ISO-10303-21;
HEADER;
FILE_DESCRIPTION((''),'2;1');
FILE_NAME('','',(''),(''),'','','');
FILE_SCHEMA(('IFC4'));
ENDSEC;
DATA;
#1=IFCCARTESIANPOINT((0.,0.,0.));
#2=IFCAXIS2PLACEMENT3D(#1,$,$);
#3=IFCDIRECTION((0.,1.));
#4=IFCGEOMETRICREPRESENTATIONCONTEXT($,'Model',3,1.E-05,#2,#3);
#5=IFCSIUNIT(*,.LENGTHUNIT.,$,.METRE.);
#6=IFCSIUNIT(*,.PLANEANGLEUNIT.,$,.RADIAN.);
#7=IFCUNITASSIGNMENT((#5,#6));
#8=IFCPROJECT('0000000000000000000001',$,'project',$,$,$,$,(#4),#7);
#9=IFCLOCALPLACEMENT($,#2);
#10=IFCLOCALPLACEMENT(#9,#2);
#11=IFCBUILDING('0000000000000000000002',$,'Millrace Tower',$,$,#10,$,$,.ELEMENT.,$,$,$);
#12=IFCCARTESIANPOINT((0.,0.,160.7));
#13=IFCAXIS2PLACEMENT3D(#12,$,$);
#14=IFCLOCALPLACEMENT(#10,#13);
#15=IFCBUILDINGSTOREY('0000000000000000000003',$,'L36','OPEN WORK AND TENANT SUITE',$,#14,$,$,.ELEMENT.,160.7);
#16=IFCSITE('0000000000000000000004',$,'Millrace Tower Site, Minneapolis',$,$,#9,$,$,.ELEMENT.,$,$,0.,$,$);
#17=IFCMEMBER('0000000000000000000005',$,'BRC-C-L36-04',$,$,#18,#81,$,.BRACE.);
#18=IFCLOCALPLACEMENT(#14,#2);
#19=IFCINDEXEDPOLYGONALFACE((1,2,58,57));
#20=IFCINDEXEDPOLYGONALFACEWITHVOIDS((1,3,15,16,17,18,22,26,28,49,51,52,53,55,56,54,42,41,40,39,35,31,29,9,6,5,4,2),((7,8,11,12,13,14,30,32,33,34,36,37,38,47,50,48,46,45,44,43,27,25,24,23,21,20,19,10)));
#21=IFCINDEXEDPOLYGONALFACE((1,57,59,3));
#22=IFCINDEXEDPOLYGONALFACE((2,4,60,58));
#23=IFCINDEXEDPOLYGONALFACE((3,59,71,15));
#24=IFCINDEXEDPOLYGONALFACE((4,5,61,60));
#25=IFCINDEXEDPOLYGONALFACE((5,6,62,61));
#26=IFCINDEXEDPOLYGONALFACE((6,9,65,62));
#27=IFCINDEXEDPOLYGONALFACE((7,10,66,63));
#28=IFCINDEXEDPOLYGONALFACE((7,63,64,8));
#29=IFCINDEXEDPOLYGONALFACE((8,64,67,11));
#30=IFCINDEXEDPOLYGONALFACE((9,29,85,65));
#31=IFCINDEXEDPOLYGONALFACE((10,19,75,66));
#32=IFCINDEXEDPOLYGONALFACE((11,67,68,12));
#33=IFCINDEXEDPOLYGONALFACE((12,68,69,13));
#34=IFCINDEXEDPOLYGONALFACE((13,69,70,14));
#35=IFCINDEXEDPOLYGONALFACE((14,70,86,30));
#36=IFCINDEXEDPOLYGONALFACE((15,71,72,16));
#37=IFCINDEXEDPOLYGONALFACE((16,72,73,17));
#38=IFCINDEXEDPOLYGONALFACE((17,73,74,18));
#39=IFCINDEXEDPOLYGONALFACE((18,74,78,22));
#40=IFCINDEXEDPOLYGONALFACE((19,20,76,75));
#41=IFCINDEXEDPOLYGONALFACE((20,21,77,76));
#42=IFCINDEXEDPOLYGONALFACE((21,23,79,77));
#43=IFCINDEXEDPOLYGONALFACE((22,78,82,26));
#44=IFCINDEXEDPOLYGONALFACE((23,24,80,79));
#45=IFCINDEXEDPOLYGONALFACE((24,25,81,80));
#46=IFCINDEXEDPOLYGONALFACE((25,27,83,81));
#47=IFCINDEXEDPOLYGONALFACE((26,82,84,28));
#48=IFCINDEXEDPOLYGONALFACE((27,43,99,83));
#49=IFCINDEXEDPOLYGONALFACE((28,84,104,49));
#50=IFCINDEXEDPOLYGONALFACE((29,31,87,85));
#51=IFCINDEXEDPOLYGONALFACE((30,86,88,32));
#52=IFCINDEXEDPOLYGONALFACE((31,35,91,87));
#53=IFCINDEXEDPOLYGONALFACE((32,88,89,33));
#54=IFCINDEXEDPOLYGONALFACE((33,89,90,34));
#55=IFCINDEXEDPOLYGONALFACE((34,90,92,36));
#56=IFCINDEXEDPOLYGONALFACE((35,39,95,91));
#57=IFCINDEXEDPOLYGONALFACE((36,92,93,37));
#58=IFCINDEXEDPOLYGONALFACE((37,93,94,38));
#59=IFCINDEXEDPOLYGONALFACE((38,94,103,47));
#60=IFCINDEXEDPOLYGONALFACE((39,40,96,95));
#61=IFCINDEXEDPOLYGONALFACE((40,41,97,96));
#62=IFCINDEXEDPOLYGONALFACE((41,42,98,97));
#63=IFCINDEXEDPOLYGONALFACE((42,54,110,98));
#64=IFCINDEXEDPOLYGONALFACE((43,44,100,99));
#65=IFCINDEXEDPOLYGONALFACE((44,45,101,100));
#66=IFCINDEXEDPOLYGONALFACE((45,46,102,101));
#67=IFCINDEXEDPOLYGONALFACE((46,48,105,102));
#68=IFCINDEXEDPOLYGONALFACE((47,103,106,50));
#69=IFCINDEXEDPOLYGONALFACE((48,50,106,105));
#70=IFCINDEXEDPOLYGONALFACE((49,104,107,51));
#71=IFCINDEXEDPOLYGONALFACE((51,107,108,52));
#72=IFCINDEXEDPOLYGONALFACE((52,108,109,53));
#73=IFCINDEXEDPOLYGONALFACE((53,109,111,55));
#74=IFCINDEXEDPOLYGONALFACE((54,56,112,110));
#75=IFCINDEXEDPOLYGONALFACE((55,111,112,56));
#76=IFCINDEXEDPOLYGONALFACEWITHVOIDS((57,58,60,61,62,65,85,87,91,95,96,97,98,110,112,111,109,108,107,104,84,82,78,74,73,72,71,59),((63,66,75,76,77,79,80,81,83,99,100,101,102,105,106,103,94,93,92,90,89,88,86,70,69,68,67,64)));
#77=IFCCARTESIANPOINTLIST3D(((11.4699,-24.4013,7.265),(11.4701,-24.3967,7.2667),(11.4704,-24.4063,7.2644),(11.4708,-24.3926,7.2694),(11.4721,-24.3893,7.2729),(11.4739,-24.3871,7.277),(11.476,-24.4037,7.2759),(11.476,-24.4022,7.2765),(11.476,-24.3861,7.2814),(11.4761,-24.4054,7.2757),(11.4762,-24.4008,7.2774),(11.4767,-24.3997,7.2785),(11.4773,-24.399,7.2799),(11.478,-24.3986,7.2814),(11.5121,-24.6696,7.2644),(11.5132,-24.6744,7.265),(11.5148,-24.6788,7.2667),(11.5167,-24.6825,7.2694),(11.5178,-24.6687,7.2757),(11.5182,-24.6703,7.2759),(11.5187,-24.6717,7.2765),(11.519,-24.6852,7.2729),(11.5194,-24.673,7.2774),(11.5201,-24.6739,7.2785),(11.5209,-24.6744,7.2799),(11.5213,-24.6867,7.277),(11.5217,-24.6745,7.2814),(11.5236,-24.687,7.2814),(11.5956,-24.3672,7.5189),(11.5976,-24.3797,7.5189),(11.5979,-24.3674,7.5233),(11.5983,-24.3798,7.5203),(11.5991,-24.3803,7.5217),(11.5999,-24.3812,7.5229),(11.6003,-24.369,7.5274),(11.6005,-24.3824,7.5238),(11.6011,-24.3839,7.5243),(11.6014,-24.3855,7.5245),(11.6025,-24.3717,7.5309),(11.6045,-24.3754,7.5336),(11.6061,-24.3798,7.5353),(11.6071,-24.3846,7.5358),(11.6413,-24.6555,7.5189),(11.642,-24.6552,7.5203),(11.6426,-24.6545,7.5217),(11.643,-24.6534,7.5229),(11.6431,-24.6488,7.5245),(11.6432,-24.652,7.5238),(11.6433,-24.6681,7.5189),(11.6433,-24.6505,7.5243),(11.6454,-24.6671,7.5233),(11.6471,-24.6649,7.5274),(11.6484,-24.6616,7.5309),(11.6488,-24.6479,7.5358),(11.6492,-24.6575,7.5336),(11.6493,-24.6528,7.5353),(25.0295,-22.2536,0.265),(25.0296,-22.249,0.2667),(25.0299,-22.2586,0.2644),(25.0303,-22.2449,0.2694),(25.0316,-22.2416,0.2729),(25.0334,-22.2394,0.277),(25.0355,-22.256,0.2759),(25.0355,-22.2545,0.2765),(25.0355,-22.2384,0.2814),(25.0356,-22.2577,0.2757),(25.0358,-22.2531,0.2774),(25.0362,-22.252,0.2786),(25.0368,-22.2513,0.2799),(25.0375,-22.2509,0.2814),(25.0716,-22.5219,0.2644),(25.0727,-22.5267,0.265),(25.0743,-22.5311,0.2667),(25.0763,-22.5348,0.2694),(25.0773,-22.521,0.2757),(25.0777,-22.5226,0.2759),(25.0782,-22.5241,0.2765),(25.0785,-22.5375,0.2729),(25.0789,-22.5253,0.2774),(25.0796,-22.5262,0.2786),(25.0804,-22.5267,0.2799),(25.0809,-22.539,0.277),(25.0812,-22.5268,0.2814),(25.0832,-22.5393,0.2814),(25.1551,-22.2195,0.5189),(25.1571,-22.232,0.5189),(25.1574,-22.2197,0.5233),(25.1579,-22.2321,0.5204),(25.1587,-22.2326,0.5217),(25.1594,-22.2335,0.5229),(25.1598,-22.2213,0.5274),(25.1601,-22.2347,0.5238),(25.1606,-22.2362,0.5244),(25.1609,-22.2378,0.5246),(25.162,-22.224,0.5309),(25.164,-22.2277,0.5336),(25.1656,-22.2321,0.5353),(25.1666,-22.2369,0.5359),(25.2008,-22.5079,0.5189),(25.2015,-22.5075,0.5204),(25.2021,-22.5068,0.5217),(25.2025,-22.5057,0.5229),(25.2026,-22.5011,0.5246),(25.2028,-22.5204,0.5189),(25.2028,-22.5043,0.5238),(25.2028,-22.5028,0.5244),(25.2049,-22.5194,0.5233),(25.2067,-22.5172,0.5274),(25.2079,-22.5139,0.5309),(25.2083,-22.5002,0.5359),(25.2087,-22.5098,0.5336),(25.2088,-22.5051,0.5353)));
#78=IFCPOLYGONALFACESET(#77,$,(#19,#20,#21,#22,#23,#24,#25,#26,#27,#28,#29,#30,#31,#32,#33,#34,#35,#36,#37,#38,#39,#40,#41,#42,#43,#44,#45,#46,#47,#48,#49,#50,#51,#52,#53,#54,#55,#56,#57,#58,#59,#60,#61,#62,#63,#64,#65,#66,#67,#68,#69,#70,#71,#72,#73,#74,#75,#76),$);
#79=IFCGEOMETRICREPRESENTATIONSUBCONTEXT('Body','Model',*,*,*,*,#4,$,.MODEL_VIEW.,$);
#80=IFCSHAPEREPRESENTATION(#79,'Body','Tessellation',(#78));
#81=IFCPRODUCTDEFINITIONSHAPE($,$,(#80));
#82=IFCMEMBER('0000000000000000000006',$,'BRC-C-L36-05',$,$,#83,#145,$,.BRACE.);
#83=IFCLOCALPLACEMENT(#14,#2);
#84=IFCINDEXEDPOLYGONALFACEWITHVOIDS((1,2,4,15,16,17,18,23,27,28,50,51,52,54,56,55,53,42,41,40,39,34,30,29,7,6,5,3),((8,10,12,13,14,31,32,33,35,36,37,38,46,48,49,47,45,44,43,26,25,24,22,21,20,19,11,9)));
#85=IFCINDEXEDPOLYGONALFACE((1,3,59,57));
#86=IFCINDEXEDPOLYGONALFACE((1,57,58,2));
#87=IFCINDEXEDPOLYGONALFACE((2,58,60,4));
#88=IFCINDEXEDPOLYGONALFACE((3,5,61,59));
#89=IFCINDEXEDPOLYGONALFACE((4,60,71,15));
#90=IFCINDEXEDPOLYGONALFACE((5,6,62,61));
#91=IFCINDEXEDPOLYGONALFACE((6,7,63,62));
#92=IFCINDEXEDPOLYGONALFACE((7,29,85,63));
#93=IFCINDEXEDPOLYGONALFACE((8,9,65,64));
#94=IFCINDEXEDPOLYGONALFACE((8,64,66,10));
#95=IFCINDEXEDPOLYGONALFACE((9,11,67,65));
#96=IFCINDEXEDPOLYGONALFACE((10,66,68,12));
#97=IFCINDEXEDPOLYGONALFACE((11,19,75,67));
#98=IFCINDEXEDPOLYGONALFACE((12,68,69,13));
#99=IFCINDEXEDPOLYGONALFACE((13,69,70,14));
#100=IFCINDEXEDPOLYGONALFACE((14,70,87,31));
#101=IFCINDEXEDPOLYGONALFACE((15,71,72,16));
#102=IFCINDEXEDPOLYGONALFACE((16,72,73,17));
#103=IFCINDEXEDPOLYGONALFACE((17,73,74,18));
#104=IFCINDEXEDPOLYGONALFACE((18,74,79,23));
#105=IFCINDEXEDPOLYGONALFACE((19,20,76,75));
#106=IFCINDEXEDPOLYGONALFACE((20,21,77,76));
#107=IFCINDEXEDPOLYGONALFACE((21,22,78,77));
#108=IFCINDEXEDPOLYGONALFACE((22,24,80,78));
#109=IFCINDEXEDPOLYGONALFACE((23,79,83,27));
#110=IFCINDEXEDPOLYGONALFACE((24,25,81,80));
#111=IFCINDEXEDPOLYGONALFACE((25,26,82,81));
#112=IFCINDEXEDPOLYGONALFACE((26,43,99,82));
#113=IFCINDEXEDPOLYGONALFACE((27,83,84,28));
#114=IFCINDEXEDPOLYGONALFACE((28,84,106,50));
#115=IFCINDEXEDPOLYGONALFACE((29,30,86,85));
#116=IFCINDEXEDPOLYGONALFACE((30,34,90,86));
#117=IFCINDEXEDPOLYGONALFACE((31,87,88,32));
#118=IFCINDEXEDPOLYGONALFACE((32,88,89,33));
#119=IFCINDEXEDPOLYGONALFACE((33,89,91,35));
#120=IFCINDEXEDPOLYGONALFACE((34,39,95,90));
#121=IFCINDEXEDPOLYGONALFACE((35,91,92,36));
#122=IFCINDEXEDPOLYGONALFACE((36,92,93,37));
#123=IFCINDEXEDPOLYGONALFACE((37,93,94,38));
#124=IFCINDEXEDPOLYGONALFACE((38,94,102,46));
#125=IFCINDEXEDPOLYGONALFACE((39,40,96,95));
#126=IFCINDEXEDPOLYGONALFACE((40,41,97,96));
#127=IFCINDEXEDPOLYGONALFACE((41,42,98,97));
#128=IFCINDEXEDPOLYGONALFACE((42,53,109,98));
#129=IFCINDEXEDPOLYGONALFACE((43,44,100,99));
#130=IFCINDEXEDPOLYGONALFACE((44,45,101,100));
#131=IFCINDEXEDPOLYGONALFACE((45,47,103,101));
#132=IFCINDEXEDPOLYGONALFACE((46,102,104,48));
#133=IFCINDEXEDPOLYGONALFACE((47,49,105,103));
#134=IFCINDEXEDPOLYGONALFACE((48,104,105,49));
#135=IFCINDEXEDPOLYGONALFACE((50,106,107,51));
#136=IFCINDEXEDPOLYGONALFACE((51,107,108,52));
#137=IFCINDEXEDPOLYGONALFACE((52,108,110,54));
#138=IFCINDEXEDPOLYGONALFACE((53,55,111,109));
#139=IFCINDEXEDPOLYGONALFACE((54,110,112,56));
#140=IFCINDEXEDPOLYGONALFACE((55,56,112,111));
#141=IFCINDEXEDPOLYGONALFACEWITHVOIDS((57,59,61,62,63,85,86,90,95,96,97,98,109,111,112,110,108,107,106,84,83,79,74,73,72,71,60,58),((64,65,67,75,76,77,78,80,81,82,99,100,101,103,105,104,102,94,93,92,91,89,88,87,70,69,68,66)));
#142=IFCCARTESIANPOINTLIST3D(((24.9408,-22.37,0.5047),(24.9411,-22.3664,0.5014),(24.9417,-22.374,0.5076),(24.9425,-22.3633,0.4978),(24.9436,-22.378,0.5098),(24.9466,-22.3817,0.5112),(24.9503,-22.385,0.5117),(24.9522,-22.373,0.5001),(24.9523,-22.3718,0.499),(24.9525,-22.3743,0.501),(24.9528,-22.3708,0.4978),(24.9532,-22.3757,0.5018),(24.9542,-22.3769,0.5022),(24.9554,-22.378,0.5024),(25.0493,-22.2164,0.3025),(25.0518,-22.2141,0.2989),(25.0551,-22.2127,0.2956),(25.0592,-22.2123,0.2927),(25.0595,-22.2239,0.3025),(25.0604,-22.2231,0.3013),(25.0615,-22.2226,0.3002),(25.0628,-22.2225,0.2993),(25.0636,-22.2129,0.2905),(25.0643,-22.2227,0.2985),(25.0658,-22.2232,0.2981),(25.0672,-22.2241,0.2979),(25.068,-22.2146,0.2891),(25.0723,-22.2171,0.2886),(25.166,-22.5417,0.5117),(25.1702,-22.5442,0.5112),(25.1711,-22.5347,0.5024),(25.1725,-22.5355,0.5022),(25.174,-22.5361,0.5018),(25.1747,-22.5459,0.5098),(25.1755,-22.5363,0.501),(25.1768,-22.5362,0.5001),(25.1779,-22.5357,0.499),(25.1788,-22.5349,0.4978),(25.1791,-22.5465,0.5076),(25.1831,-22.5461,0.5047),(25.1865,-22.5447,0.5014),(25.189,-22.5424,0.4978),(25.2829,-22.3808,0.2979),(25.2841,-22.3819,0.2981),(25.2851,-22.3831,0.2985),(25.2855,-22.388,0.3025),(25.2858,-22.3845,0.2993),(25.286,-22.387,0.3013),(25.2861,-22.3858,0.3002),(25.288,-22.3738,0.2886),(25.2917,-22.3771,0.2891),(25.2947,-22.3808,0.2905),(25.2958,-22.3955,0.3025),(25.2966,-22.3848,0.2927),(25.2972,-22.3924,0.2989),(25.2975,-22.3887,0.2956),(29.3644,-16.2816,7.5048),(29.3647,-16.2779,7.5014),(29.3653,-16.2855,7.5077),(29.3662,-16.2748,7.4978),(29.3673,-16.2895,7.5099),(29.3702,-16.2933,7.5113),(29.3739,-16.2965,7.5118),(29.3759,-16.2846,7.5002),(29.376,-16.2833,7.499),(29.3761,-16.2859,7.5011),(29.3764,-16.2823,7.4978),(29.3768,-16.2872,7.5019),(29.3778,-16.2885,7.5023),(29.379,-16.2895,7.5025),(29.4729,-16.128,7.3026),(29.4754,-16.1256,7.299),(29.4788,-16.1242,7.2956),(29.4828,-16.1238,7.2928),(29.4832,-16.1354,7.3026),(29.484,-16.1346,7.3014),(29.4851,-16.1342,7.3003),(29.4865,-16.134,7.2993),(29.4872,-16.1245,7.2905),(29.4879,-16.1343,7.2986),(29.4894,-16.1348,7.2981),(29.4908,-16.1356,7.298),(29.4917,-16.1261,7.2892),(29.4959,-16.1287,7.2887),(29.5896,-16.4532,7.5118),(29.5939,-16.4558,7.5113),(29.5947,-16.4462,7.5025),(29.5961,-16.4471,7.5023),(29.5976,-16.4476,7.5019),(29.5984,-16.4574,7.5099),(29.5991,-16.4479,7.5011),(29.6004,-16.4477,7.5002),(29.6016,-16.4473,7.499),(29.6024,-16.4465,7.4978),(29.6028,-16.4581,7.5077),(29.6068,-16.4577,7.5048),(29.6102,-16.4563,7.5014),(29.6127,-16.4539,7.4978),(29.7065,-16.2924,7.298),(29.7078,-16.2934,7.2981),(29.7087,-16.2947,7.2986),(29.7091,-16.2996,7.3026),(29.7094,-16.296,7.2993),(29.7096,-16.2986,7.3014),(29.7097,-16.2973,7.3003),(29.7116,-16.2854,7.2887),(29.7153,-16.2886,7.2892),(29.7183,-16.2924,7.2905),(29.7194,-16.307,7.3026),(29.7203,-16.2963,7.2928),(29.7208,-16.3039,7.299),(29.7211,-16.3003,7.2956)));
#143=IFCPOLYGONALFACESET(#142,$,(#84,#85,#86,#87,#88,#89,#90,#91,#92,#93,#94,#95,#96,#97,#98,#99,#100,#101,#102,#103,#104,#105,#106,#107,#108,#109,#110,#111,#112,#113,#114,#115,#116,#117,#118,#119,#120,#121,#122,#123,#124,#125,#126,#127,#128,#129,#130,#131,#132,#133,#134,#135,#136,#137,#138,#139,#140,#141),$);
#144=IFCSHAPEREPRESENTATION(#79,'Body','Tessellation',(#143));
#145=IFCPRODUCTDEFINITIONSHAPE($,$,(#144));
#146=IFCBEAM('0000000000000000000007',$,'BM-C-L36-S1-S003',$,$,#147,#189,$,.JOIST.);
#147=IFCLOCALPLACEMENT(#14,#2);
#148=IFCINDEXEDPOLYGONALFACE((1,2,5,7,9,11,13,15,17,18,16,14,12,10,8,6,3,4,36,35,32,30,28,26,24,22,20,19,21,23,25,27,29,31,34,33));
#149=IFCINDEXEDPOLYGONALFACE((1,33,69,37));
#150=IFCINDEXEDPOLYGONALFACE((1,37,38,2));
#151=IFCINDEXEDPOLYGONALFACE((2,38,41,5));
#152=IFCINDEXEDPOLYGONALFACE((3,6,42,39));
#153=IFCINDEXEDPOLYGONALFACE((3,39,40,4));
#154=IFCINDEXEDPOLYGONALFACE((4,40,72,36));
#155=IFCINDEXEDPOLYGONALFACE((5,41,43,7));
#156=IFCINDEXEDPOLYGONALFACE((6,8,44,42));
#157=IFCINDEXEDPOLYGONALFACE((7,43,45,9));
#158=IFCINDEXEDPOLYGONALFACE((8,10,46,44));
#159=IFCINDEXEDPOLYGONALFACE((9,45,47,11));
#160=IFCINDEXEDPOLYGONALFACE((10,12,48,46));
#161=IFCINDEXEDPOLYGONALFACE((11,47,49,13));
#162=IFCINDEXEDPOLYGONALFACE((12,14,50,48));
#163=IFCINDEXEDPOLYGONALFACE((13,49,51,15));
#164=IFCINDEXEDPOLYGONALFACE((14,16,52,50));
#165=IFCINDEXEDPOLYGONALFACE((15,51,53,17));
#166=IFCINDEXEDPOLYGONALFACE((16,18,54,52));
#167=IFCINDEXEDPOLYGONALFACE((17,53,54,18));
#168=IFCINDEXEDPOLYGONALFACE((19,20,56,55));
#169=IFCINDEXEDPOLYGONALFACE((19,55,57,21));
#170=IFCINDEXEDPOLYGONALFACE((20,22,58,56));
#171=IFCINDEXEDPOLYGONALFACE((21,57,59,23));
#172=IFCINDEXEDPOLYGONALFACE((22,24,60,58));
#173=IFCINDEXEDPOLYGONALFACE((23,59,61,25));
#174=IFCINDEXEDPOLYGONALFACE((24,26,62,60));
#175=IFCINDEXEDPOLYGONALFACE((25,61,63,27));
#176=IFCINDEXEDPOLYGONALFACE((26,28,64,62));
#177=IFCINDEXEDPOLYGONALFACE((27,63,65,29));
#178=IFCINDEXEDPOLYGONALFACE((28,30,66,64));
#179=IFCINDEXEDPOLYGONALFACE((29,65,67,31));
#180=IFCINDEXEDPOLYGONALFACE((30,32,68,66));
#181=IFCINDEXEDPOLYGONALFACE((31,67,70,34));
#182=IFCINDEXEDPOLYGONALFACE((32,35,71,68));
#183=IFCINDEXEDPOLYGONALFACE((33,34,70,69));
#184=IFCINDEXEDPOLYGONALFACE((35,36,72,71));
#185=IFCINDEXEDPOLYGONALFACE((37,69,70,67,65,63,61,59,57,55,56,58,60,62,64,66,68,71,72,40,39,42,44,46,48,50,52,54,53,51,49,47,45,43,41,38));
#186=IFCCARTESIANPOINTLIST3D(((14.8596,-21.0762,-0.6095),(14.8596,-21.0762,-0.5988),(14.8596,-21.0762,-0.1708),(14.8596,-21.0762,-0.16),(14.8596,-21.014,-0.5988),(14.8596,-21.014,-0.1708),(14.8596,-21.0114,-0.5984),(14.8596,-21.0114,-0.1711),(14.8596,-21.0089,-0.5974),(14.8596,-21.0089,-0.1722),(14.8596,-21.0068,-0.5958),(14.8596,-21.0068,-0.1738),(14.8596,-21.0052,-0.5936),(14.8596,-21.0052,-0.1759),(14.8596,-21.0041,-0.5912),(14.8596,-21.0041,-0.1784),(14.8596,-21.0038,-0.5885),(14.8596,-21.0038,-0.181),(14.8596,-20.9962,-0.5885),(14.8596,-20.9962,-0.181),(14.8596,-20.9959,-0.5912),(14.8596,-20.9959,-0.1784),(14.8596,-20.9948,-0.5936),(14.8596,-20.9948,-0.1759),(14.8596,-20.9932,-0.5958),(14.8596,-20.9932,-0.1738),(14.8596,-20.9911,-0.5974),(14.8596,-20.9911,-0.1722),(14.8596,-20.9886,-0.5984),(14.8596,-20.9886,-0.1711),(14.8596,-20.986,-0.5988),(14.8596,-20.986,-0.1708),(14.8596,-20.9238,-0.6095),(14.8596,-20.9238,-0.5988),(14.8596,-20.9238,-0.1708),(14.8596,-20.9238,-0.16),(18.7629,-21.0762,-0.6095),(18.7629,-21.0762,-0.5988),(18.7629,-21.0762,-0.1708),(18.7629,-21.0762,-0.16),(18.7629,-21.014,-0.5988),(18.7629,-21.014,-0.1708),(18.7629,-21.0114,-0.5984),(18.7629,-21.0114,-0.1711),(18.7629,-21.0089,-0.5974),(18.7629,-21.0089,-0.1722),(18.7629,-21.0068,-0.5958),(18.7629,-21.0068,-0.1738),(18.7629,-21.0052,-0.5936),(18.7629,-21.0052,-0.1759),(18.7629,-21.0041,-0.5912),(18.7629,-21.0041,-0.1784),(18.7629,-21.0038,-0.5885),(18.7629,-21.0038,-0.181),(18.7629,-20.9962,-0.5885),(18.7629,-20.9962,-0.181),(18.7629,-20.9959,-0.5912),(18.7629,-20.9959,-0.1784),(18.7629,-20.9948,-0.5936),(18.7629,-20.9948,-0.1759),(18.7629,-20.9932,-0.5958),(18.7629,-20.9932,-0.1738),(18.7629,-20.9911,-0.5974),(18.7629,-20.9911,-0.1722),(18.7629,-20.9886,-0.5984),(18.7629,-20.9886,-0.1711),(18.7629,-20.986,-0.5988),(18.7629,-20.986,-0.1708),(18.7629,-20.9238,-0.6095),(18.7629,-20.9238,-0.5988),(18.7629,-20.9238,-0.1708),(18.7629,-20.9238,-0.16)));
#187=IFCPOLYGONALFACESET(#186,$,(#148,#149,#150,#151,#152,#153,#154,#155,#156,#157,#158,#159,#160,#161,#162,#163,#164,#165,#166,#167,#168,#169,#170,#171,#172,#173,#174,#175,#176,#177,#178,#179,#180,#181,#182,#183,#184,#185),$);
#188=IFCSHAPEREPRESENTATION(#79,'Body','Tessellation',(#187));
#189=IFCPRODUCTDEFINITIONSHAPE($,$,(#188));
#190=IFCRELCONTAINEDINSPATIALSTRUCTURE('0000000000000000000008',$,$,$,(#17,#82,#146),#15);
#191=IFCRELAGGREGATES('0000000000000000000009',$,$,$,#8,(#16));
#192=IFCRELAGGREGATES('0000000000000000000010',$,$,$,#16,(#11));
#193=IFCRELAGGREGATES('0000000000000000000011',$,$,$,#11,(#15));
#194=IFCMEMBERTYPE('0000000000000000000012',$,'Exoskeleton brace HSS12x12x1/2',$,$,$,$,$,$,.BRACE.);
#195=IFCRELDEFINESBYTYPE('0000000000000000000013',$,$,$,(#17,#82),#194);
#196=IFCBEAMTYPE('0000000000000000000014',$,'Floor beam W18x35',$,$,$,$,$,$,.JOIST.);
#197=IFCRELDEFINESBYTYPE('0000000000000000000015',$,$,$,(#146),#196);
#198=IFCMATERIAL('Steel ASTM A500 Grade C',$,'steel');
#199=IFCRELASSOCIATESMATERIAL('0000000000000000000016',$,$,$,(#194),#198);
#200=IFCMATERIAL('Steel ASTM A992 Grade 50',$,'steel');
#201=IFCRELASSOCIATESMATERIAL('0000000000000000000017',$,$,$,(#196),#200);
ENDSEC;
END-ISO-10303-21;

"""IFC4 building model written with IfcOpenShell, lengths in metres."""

from ifc_helpers import new_model, si_unit, direction, frame, origin, origin_2d, place, context, subcontext, project, spatial, hollow_rectangle, i_section, extrude, material, material_profile, profile_set, type_object, element, save


model = new_model("IFC4")

# Units and contexts
model_context = context("Model", 3, precision=1e-05, world=origin(), true_north=direction((0.0, 1.0)))
body_context = subcontext(model_context, "Body", "Model", "MODEL_VIEW")
ifc_project = project(units=[si_unit("LENGTHUNIT", "METRE"), si_unit("PLANEANGLEUNIT", "RADIAN")], contexts=[model_context])

# Site, building, storey
site_placement = place(None, origin())
site = spatial("IfcSite", under=ifc_project, at=site_placement, Name="Millrace Tower Site, Minneapolis", CompositionType="ELEMENT", RefElevation=0.0)
building_placement = place(site_placement, origin())
building = spatial("IfcBuilding", under=site, at=building_placement, Name="Millrace Tower", CompositionType="ELEMENT")
storey_placement = place(building_placement, frame((0.0, 0.0, 160.7)))
storey = spatial("IfcBuildingStorey", under=building, at=storey_placement, Name="L36", Description="OPEN WORK AND TENANT SUITE", CompositionType="ELEMENT", Elevation=160.7)

# Members
ifc_material_1 = material(Name="Steel ASTM A500 Grade C", Category="steel")
ifc_material_profile_1 = material_profile(ifc_material_1, hollow_rectangle(XDim=0.3047, YDim=0.3047, WallThickness=0.0127, InnerFilletRadius=0.0063, OuterFilletRadius=0.019, at=origin_2d()))
ifc_profile_set_1 = profile_set([ifc_material_profile_1], Name="Steel ASTM A500 Grade C")
member_type_1 = type_object("IfcMemberType", Name="Exoskeleton brace HSS12x12x1/2", PredefinedType="BRACE", material=ifc_profile_set_1)
member_1_placement = place(storey_placement, frame((25.1191, -22.3794, 0.4001), z_axis=(-0.879908, -0.139369, 0.454244), x_axis=(0.15644, -0.987687, 0.0)))
element("IfcMember", 1, at=member_1_placement, inside=storey, type_object=member_type_1, Name="BRC-C-L36-04", PredefinedType="BRACE", context=body_context, shape_type="SweptSolid", body=[
    extrude(hollow_rectangle(XDim=0.3047, YDim=0.3047, WallThickness=0.0127, InnerFilletRadius=0.0063, OuterFilletRadius=0.019, at=origin_2d()), origin(), (0.0, 0.0, 1.0), 15.4102),
])
member_2_placement = place(storey_placement, frame((25.1191, -22.3794, 0.4001), z_axis=(0.430395, 0.592372, 0.681069), x_axis=(-0.80901, 0.587795, 0.0)))
element("IfcMember", 2, at=member_2_placement, inside=storey, type_object=member_type_1, Name="BRC-C-L36-05", PredefinedType="BRACE", context=body_context, shape_type="SweptSolid", body=[
    extrude(hollow_rectangle(XDim=0.3047, YDim=0.3047, WallThickness=0.0127, InnerFilletRadius=0.0063, OuterFilletRadius=0.019, at=origin_2d()), origin(), (0.0, 0.0, 1.0), 10.2781),
])

# Beam
ifc_material_2 = material(Name="Steel ASTM A992 Grade 50", Category="steel")
ifc_material_profile_2 = material_profile(ifc_material_2, i_section(OverallWidth=0.1523, OverallDepth=0.4495, WebThickness=0.0076, FlangeThickness=0.0107, FilletRadius=0.0103, at=origin_2d()))
ifc_profile_set_2 = profile_set([ifc_material_profile_2], Name="Steel ASTM A992 Grade 50")
beam_type_1 = type_object("IfcBeamType", Name="Floor beam W18x35", PredefinedType="JOIST", material=ifc_profile_set_2)
beam_1_placement = place(storey_placement, frame((14.8596, -21.0, -0.3848), z_axis=(1.0, 0.0, 0.0), x_axis=(0.0, 1.0, 0.0)))
element("IfcBeam", 3, at=beam_1_placement, inside=storey, type_object=beam_type_1, Name="BM-C-L36-S1-S003", PredefinedType="JOIST", context=body_context, shape_type="SweptSolid", body=[
    extrude(i_section(OverallWidth=0.1523, OverallDepth=0.4495, WebThickness=0.0076, FlangeThickness=0.0107, FilletRadius=0.0103, at=origin_2d()), origin(), (0.0, 0.0, 1.0), 3.9033),
])

save(model, "model.ifc")
